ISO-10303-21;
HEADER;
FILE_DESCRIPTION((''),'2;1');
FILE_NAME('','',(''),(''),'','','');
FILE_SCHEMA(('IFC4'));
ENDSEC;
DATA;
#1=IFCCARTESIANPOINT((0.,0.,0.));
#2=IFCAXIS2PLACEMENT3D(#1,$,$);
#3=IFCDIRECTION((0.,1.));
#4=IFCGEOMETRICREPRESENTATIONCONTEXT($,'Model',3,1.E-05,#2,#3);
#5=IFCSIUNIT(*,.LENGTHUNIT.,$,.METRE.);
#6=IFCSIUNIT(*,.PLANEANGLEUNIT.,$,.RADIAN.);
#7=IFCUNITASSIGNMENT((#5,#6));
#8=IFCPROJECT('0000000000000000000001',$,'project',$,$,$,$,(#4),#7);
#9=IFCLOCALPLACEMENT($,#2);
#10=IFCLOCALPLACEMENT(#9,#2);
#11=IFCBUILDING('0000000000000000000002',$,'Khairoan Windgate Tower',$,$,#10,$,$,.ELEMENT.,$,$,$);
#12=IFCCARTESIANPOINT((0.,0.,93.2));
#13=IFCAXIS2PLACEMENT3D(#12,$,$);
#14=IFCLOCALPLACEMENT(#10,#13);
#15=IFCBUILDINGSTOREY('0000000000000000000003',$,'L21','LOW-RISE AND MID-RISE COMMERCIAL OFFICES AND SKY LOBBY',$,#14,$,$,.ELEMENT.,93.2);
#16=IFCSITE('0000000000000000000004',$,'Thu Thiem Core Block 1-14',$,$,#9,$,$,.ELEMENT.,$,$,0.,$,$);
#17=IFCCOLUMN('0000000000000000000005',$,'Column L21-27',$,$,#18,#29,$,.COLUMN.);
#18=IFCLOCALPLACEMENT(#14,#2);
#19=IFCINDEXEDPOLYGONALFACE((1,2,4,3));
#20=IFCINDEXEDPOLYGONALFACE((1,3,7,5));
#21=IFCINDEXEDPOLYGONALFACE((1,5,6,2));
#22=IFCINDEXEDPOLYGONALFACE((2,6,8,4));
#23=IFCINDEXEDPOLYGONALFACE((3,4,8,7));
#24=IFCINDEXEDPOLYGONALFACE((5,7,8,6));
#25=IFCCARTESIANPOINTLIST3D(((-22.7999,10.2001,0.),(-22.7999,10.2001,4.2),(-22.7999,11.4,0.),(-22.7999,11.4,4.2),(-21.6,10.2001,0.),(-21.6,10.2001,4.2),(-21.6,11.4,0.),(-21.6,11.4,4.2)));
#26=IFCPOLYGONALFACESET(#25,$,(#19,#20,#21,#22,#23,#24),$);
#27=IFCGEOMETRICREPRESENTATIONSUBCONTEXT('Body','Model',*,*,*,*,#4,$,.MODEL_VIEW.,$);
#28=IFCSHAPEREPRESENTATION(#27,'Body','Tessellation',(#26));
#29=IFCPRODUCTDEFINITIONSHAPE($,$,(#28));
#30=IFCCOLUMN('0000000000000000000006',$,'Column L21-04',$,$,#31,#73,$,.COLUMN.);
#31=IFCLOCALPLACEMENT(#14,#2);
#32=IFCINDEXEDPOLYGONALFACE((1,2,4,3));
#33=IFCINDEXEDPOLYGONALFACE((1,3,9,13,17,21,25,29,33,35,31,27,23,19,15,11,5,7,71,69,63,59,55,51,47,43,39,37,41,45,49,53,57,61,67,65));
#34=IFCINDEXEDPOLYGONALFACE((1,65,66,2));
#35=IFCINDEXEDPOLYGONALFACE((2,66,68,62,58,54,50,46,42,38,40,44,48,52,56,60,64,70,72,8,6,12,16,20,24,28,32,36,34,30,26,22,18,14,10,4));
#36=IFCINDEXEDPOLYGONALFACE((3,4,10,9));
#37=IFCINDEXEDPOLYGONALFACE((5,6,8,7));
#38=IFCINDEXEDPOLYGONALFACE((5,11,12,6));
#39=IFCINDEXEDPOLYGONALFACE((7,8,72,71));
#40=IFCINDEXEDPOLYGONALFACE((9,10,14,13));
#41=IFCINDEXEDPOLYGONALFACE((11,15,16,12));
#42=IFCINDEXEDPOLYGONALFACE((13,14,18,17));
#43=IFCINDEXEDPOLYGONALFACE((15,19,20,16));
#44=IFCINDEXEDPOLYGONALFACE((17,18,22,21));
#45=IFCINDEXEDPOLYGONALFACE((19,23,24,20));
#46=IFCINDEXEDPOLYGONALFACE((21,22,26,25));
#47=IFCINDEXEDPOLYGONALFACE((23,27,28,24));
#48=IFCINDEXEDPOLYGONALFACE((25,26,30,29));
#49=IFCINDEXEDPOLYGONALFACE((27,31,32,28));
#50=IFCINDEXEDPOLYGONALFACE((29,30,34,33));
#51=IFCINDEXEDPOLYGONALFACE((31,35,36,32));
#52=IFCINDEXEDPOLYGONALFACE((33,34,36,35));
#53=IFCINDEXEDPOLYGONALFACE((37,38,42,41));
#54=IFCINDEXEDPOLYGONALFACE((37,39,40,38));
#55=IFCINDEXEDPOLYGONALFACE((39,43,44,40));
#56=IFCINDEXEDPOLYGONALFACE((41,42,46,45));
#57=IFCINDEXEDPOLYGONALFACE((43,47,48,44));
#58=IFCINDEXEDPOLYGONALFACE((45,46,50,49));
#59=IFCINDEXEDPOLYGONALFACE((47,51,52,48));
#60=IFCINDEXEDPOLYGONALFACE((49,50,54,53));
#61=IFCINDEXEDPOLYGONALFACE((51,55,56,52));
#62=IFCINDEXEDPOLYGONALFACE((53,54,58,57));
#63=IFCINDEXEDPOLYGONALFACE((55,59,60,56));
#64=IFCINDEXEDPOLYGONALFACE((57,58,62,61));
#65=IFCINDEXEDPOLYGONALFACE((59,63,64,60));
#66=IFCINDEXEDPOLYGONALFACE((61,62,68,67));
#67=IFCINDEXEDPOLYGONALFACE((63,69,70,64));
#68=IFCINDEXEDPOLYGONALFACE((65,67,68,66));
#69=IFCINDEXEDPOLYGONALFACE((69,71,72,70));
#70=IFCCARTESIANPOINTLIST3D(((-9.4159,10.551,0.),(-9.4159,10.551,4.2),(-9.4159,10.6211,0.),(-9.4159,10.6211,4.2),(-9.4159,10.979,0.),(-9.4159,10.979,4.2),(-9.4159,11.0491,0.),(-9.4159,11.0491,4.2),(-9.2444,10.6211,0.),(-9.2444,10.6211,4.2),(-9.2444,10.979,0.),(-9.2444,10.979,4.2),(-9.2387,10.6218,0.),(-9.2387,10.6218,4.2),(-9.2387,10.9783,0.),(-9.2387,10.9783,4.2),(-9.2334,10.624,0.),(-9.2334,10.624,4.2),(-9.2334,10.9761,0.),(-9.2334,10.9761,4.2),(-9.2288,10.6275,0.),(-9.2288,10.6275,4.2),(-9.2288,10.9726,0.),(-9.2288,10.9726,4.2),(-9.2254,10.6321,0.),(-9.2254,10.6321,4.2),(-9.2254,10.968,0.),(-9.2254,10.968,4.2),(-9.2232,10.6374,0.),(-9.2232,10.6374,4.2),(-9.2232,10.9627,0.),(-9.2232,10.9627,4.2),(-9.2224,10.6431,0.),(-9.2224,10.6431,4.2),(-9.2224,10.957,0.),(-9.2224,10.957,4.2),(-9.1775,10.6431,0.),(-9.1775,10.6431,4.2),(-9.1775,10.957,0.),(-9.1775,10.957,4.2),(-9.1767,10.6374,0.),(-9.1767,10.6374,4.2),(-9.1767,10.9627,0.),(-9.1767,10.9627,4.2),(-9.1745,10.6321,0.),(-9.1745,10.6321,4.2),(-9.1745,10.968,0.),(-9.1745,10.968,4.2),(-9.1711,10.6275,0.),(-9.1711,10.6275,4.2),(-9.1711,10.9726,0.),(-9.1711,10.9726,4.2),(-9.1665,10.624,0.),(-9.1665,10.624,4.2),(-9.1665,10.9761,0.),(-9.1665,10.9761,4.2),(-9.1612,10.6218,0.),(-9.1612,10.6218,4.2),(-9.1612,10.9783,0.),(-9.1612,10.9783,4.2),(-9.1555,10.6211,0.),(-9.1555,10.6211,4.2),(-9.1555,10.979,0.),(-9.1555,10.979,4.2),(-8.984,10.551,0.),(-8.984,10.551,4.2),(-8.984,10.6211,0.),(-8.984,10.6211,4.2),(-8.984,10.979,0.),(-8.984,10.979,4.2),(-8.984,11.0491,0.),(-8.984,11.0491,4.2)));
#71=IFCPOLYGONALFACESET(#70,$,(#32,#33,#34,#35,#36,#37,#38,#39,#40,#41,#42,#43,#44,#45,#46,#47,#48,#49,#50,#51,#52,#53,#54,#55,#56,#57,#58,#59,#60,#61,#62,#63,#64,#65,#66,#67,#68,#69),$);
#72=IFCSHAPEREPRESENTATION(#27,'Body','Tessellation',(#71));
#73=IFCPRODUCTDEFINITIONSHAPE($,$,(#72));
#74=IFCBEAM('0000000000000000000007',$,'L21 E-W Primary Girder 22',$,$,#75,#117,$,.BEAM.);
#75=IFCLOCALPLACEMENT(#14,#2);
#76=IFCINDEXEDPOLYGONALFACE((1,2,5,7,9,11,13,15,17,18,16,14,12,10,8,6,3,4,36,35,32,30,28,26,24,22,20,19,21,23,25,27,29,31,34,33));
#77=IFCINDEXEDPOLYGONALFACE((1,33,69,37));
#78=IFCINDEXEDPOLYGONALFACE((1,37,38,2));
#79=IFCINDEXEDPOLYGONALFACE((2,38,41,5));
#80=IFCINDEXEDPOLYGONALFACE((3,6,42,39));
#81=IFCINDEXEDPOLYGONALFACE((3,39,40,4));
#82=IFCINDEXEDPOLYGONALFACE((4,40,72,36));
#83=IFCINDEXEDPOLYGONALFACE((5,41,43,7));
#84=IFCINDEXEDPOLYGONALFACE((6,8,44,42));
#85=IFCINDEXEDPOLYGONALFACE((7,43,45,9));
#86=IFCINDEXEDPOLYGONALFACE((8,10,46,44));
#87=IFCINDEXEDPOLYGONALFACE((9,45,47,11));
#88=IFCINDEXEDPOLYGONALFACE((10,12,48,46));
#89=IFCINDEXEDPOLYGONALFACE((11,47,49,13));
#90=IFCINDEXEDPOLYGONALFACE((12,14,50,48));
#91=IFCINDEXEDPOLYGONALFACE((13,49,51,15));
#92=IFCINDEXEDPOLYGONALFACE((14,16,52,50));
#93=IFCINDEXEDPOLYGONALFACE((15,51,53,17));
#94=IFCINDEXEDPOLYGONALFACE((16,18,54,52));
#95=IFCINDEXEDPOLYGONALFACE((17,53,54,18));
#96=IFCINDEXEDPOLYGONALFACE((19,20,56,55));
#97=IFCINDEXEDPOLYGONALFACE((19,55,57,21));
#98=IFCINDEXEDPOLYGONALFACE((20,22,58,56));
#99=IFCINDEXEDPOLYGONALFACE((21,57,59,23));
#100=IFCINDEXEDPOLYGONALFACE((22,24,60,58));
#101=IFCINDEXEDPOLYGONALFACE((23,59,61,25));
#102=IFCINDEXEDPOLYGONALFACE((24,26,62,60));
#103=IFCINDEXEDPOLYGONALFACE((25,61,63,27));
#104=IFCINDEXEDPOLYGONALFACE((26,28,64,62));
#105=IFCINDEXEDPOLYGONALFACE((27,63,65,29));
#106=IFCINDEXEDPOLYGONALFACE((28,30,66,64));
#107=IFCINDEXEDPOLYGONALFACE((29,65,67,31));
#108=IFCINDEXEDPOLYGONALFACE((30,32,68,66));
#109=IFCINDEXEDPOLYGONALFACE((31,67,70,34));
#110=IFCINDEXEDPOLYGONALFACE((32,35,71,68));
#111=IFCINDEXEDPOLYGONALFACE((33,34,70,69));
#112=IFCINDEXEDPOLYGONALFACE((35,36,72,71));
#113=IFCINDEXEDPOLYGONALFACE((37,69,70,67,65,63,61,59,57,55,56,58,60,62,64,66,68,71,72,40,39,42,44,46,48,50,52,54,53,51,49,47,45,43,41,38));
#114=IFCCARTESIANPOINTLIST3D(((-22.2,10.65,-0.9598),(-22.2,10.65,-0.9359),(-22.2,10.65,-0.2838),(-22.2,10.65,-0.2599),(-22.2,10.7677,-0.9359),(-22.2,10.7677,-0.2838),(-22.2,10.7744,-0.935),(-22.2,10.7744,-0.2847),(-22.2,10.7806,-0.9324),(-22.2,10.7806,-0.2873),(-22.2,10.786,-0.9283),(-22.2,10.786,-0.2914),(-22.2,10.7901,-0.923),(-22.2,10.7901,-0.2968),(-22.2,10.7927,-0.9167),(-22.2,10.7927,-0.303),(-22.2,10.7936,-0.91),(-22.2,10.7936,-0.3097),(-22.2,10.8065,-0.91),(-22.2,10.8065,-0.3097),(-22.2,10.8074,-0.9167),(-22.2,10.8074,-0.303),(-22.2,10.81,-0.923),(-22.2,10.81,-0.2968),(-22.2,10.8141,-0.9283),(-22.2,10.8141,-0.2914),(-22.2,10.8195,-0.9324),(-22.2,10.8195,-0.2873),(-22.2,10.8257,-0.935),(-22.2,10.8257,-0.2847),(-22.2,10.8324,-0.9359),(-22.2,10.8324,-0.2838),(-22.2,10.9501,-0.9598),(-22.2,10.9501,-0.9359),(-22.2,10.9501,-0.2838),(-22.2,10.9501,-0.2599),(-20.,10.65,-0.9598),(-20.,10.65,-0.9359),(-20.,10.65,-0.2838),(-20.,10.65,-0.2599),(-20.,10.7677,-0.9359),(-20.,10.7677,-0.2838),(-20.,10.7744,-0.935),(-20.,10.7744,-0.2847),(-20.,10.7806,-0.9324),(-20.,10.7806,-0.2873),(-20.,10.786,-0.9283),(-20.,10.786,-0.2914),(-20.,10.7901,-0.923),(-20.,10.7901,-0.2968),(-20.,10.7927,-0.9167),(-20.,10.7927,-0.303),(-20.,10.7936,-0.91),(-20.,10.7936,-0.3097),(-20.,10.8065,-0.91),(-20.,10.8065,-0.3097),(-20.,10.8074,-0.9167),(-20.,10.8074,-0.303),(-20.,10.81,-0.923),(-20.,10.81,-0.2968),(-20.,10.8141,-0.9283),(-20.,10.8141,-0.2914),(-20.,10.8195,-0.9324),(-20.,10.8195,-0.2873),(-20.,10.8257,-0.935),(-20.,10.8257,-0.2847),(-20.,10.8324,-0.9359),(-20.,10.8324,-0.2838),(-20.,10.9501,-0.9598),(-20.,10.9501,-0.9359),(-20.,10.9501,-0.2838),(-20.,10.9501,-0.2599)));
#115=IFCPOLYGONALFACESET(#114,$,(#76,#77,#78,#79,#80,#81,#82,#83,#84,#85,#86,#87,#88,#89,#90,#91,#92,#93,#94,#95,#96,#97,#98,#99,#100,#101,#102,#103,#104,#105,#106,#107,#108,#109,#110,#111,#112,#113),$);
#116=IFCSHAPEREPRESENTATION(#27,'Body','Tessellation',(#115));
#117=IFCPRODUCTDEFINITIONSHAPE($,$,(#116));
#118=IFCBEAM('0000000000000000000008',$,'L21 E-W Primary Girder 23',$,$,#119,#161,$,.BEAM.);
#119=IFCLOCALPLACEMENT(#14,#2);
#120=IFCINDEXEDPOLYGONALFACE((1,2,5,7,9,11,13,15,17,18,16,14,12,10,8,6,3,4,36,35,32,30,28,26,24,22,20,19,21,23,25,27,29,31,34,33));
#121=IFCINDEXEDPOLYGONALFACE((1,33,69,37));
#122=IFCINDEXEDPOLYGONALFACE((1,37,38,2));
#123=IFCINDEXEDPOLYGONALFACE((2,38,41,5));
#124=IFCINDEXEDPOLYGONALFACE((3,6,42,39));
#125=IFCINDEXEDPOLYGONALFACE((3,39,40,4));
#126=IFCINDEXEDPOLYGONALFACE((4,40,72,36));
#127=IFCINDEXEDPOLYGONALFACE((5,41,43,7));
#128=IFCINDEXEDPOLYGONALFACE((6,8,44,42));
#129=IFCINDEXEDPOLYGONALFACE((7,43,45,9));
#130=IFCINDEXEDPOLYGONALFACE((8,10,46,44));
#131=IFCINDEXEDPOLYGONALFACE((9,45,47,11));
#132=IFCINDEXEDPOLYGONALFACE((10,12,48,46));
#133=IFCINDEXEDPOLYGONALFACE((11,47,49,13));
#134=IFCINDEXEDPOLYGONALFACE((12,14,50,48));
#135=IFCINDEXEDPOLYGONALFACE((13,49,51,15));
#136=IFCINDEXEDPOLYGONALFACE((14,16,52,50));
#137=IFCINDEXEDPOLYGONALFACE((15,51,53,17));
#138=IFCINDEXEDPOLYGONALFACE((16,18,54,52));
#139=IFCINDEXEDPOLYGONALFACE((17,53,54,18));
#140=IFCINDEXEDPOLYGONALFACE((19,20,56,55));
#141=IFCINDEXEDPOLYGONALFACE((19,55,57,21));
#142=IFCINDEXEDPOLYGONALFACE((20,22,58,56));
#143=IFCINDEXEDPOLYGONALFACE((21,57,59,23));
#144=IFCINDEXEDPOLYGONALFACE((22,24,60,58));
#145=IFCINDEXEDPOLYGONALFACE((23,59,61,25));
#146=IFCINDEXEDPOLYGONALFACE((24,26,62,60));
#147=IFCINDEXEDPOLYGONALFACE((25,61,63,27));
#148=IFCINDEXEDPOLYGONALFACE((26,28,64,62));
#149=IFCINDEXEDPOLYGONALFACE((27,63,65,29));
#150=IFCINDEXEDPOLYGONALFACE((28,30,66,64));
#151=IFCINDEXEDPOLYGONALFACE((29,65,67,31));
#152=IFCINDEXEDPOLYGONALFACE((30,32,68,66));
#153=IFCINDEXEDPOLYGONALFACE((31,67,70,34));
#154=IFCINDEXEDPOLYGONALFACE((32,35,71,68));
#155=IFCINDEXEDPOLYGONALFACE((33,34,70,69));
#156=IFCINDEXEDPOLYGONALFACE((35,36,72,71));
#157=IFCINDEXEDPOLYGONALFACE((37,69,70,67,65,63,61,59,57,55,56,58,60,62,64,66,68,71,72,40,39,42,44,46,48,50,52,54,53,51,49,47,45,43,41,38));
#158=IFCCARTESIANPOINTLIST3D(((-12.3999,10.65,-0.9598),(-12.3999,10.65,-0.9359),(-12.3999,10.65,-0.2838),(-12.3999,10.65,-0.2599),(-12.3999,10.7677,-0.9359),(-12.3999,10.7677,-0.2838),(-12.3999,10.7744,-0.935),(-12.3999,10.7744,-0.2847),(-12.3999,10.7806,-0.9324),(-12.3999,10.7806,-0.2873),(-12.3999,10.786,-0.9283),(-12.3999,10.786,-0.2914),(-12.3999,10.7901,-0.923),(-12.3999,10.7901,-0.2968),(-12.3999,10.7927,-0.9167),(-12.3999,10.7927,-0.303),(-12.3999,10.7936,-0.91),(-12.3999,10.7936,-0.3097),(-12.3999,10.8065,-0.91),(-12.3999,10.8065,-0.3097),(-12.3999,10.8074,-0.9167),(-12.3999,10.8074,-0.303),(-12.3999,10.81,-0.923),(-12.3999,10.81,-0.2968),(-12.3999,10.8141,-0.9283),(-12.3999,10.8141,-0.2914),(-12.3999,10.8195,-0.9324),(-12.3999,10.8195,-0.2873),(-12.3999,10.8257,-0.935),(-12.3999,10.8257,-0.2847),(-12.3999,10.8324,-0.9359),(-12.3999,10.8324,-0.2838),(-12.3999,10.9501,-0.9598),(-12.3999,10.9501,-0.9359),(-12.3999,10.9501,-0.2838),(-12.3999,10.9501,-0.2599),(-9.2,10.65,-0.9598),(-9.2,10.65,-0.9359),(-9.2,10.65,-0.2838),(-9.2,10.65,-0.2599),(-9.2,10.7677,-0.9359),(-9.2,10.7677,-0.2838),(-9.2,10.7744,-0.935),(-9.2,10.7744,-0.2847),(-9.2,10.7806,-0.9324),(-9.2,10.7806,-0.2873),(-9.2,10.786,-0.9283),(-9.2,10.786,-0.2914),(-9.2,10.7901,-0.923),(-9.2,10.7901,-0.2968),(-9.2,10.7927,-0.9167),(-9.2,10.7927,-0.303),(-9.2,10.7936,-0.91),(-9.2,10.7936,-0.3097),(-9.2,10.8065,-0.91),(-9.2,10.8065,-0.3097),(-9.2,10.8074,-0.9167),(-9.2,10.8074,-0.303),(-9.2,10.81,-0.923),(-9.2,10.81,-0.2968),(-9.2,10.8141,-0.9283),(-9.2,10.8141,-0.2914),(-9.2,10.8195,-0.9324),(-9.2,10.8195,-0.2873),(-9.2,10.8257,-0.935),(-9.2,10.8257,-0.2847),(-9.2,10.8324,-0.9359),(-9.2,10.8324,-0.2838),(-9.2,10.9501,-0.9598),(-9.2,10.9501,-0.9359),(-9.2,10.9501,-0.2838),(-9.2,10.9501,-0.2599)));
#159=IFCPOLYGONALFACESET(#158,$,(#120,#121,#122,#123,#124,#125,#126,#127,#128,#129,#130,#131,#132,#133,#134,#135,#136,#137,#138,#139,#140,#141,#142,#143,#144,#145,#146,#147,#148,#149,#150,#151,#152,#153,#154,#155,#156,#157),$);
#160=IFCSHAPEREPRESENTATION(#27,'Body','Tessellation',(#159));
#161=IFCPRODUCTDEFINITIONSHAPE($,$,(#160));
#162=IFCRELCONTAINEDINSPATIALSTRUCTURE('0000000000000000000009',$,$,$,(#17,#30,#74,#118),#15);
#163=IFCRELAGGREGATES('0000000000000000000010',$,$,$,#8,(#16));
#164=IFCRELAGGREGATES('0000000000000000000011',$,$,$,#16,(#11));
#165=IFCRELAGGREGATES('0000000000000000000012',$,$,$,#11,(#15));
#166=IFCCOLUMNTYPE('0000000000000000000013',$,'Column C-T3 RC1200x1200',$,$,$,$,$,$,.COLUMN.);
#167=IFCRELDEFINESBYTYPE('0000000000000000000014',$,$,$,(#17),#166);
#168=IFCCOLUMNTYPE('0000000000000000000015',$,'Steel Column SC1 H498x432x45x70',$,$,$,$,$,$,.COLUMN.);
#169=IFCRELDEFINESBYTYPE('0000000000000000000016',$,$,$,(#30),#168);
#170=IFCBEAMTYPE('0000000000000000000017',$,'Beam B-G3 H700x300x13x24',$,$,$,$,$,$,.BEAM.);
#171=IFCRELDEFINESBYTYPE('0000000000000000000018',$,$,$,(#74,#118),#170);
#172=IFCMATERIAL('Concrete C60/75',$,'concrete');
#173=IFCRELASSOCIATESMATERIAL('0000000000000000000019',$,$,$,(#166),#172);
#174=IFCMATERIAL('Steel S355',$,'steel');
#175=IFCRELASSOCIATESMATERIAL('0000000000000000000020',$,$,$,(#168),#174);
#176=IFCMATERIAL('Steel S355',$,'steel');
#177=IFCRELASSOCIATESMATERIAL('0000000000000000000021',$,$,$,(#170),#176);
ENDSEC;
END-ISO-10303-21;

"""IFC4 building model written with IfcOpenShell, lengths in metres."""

from ifc_helpers import new_model, si_unit, direction, frame, origin, origin_2d, place, context, subcontext, project, spatial, rectangle, i_section, extrude, material, material_profile, profile_set, type_object, element, save


model = new_model("IFC4")

# Units and contexts
model_context = context("Model", 3, precision=1e-05, world=origin(), true_north=direction((0.0, 1.0)))
body_context = subcontext(model_context, "Body", "Model", "MODEL_VIEW")
ifc_project = project(units=[si_unit("LENGTHUNIT", "METRE"), si_unit("PLANEANGLEUNIT", "RADIAN")], contexts=[model_context])

# Site, building, storey
site_placement = place(None, origin())
site = spatial("IfcSite", under=ifc_project, at=site_placement, Name="Thu Thiem Core Block 1-14", CompositionType="ELEMENT", RefElevation=0.0)
building_placement = place(site_placement, origin())
building = spatial("IfcBuilding", under=site, at=building_placement, Name="Khairoan Windgate Tower", CompositionType="ELEMENT")
storey_placement = place(building_placement, frame((0.0, 0.0, 93.2)))
storey = spatial("IfcBuildingStorey", under=building, at=storey_placement, Name="L21", Description="LOW-RISE AND MID-RISE COMMERCIAL OFFICES AND SKY LOBBY", CompositionType="ELEMENT", Elevation=93.2)

# Columns
ifc_material_1 = material(Name="Concrete C60/75", Category="concrete")
ifc_material_profile_1 = material_profile(ifc_material_1, rectangle(XDim=1.2, YDim=1.2, at=origin_2d()))
ifc_profile_set_1 = profile_set([ifc_material_profile_1], Name="Concrete C60/75")
column_type_1 = type_object("IfcColumnType", Name="Column C-T3 RC1200x1200", PredefinedType="COLUMN", material=ifc_profile_set_1)
column_1_placement = place(storey_placement, frame((-22.2, 10.8, 0.0), z_axis=(0.0, 0.0, 1.0), x_axis=(1.0, 0.0, 0.0)))
element("IfcColumn", 1, at=column_1_placement, inside=storey, type_object=column_type_1, Name="Column L21-27", PredefinedType="COLUMN", context=body_context, shape_type="SweptSolid", body=[
    extrude(rectangle(XDim=1.2, YDim=1.2, at=origin_2d()), origin(), (0.0, 0.0, 1.0), 4.2),
])
ifc_material_2 = material(Name="Steel S355", Category="steel")
ifc_material_profile_2 = material_profile(ifc_material_2, i_section(OverallWidth=0.4319, OverallDepth=0.498, WebThickness=0.0449, FlangeThickness=0.0701, FilletRadius=0.022, at=origin_2d()))
ifc_profile_set_2 = profile_set([ifc_material_profile_2], Name="Steel S355")
column_type_2 = type_object("IfcColumnType", Name="Steel Column SC1 H498x432x45x70", PredefinedType="COLUMN", material=ifc_profile_set_2)
column_2_placement = place(storey_placement, frame((-9.2, 10.8, 0.0), z_axis=(0.0, 0.0, 1.0), x_axis=(1.0, 0.0, 0.0)))
element("IfcColumn", 2, at=column_2_placement, inside=storey, type_object=column_type_2, Name="Column L21-04", PredefinedType="COLUMN", context=body_context, shape_type="SweptSolid", body=[
    extrude(i_section(OverallWidth=0.4319, OverallDepth=0.498, WebThickness=0.0449, FlangeThickness=0.0701, FilletRadius=0.022, at=origin_2d()), origin(), (0.0, 0.0, 1.0), 4.2),
])

# Beams
ifc_material_3 = material(Name="Steel S355", Category="steel")
ifc_material_profile_3 = material_profile(ifc_material_3, i_section(OverallWidth=0.3, OverallDepth=0.7, WebThickness=0.0129, FlangeThickness=0.0239, FilletRadius=0.0259, at=origin_2d()))
ifc_profile_set_3 = profile_set([ifc_material_profile_3], Name="Steel S355")
beam_type = type_object("IfcBeamType", Name="Beam B-G3 H700x300x13x24", PredefinedType="BEAM", material=ifc_profile_set_3)
beam_1_placement = place(storey_placement, frame((-22.2, 10.8, -0.6099), z_axis=(1.0, 0.0, 0.0), x_axis=(0.0, 1.0, 0.0)))
element("IfcBeam", 3, at=beam_1_placement, inside=storey, type_object=beam_type, Name="L21 E-W Primary Girder 22", PredefinedType="BEAM", context=body_context, shape_type="SweptSolid", body=[
    extrude(i_section(OverallWidth=0.3, OverallDepth=0.7, WebThickness=0.0129, FlangeThickness=0.0239, FilletRadius=0.0259, at=origin_2d()), origin(), (0.0, 0.0, 1.0), 2.2),
])
beam_2_placement = place(storey_placement, frame((-12.3999, 10.8, -0.6099), z_axis=(1.0, 0.0, 0.0), x_axis=(0.0, 1.0, 0.0)))
element("IfcBeam", 4, at=beam_2_placement, inside=storey, type_object=beam_type, Name="L21 E-W Primary Girder 23", PredefinedType="BEAM", context=body_context, shape_type="SweptSolid", body=[
    extrude(i_section(OverallWidth=0.3, OverallDepth=0.7, WebThickness=0.0129, FlangeThickness=0.0239, FilletRadius=0.0259, at=origin_2d()), origin(), (0.0, 0.0, 1.0), 3.2),
])

save(model, "model.ifc")
